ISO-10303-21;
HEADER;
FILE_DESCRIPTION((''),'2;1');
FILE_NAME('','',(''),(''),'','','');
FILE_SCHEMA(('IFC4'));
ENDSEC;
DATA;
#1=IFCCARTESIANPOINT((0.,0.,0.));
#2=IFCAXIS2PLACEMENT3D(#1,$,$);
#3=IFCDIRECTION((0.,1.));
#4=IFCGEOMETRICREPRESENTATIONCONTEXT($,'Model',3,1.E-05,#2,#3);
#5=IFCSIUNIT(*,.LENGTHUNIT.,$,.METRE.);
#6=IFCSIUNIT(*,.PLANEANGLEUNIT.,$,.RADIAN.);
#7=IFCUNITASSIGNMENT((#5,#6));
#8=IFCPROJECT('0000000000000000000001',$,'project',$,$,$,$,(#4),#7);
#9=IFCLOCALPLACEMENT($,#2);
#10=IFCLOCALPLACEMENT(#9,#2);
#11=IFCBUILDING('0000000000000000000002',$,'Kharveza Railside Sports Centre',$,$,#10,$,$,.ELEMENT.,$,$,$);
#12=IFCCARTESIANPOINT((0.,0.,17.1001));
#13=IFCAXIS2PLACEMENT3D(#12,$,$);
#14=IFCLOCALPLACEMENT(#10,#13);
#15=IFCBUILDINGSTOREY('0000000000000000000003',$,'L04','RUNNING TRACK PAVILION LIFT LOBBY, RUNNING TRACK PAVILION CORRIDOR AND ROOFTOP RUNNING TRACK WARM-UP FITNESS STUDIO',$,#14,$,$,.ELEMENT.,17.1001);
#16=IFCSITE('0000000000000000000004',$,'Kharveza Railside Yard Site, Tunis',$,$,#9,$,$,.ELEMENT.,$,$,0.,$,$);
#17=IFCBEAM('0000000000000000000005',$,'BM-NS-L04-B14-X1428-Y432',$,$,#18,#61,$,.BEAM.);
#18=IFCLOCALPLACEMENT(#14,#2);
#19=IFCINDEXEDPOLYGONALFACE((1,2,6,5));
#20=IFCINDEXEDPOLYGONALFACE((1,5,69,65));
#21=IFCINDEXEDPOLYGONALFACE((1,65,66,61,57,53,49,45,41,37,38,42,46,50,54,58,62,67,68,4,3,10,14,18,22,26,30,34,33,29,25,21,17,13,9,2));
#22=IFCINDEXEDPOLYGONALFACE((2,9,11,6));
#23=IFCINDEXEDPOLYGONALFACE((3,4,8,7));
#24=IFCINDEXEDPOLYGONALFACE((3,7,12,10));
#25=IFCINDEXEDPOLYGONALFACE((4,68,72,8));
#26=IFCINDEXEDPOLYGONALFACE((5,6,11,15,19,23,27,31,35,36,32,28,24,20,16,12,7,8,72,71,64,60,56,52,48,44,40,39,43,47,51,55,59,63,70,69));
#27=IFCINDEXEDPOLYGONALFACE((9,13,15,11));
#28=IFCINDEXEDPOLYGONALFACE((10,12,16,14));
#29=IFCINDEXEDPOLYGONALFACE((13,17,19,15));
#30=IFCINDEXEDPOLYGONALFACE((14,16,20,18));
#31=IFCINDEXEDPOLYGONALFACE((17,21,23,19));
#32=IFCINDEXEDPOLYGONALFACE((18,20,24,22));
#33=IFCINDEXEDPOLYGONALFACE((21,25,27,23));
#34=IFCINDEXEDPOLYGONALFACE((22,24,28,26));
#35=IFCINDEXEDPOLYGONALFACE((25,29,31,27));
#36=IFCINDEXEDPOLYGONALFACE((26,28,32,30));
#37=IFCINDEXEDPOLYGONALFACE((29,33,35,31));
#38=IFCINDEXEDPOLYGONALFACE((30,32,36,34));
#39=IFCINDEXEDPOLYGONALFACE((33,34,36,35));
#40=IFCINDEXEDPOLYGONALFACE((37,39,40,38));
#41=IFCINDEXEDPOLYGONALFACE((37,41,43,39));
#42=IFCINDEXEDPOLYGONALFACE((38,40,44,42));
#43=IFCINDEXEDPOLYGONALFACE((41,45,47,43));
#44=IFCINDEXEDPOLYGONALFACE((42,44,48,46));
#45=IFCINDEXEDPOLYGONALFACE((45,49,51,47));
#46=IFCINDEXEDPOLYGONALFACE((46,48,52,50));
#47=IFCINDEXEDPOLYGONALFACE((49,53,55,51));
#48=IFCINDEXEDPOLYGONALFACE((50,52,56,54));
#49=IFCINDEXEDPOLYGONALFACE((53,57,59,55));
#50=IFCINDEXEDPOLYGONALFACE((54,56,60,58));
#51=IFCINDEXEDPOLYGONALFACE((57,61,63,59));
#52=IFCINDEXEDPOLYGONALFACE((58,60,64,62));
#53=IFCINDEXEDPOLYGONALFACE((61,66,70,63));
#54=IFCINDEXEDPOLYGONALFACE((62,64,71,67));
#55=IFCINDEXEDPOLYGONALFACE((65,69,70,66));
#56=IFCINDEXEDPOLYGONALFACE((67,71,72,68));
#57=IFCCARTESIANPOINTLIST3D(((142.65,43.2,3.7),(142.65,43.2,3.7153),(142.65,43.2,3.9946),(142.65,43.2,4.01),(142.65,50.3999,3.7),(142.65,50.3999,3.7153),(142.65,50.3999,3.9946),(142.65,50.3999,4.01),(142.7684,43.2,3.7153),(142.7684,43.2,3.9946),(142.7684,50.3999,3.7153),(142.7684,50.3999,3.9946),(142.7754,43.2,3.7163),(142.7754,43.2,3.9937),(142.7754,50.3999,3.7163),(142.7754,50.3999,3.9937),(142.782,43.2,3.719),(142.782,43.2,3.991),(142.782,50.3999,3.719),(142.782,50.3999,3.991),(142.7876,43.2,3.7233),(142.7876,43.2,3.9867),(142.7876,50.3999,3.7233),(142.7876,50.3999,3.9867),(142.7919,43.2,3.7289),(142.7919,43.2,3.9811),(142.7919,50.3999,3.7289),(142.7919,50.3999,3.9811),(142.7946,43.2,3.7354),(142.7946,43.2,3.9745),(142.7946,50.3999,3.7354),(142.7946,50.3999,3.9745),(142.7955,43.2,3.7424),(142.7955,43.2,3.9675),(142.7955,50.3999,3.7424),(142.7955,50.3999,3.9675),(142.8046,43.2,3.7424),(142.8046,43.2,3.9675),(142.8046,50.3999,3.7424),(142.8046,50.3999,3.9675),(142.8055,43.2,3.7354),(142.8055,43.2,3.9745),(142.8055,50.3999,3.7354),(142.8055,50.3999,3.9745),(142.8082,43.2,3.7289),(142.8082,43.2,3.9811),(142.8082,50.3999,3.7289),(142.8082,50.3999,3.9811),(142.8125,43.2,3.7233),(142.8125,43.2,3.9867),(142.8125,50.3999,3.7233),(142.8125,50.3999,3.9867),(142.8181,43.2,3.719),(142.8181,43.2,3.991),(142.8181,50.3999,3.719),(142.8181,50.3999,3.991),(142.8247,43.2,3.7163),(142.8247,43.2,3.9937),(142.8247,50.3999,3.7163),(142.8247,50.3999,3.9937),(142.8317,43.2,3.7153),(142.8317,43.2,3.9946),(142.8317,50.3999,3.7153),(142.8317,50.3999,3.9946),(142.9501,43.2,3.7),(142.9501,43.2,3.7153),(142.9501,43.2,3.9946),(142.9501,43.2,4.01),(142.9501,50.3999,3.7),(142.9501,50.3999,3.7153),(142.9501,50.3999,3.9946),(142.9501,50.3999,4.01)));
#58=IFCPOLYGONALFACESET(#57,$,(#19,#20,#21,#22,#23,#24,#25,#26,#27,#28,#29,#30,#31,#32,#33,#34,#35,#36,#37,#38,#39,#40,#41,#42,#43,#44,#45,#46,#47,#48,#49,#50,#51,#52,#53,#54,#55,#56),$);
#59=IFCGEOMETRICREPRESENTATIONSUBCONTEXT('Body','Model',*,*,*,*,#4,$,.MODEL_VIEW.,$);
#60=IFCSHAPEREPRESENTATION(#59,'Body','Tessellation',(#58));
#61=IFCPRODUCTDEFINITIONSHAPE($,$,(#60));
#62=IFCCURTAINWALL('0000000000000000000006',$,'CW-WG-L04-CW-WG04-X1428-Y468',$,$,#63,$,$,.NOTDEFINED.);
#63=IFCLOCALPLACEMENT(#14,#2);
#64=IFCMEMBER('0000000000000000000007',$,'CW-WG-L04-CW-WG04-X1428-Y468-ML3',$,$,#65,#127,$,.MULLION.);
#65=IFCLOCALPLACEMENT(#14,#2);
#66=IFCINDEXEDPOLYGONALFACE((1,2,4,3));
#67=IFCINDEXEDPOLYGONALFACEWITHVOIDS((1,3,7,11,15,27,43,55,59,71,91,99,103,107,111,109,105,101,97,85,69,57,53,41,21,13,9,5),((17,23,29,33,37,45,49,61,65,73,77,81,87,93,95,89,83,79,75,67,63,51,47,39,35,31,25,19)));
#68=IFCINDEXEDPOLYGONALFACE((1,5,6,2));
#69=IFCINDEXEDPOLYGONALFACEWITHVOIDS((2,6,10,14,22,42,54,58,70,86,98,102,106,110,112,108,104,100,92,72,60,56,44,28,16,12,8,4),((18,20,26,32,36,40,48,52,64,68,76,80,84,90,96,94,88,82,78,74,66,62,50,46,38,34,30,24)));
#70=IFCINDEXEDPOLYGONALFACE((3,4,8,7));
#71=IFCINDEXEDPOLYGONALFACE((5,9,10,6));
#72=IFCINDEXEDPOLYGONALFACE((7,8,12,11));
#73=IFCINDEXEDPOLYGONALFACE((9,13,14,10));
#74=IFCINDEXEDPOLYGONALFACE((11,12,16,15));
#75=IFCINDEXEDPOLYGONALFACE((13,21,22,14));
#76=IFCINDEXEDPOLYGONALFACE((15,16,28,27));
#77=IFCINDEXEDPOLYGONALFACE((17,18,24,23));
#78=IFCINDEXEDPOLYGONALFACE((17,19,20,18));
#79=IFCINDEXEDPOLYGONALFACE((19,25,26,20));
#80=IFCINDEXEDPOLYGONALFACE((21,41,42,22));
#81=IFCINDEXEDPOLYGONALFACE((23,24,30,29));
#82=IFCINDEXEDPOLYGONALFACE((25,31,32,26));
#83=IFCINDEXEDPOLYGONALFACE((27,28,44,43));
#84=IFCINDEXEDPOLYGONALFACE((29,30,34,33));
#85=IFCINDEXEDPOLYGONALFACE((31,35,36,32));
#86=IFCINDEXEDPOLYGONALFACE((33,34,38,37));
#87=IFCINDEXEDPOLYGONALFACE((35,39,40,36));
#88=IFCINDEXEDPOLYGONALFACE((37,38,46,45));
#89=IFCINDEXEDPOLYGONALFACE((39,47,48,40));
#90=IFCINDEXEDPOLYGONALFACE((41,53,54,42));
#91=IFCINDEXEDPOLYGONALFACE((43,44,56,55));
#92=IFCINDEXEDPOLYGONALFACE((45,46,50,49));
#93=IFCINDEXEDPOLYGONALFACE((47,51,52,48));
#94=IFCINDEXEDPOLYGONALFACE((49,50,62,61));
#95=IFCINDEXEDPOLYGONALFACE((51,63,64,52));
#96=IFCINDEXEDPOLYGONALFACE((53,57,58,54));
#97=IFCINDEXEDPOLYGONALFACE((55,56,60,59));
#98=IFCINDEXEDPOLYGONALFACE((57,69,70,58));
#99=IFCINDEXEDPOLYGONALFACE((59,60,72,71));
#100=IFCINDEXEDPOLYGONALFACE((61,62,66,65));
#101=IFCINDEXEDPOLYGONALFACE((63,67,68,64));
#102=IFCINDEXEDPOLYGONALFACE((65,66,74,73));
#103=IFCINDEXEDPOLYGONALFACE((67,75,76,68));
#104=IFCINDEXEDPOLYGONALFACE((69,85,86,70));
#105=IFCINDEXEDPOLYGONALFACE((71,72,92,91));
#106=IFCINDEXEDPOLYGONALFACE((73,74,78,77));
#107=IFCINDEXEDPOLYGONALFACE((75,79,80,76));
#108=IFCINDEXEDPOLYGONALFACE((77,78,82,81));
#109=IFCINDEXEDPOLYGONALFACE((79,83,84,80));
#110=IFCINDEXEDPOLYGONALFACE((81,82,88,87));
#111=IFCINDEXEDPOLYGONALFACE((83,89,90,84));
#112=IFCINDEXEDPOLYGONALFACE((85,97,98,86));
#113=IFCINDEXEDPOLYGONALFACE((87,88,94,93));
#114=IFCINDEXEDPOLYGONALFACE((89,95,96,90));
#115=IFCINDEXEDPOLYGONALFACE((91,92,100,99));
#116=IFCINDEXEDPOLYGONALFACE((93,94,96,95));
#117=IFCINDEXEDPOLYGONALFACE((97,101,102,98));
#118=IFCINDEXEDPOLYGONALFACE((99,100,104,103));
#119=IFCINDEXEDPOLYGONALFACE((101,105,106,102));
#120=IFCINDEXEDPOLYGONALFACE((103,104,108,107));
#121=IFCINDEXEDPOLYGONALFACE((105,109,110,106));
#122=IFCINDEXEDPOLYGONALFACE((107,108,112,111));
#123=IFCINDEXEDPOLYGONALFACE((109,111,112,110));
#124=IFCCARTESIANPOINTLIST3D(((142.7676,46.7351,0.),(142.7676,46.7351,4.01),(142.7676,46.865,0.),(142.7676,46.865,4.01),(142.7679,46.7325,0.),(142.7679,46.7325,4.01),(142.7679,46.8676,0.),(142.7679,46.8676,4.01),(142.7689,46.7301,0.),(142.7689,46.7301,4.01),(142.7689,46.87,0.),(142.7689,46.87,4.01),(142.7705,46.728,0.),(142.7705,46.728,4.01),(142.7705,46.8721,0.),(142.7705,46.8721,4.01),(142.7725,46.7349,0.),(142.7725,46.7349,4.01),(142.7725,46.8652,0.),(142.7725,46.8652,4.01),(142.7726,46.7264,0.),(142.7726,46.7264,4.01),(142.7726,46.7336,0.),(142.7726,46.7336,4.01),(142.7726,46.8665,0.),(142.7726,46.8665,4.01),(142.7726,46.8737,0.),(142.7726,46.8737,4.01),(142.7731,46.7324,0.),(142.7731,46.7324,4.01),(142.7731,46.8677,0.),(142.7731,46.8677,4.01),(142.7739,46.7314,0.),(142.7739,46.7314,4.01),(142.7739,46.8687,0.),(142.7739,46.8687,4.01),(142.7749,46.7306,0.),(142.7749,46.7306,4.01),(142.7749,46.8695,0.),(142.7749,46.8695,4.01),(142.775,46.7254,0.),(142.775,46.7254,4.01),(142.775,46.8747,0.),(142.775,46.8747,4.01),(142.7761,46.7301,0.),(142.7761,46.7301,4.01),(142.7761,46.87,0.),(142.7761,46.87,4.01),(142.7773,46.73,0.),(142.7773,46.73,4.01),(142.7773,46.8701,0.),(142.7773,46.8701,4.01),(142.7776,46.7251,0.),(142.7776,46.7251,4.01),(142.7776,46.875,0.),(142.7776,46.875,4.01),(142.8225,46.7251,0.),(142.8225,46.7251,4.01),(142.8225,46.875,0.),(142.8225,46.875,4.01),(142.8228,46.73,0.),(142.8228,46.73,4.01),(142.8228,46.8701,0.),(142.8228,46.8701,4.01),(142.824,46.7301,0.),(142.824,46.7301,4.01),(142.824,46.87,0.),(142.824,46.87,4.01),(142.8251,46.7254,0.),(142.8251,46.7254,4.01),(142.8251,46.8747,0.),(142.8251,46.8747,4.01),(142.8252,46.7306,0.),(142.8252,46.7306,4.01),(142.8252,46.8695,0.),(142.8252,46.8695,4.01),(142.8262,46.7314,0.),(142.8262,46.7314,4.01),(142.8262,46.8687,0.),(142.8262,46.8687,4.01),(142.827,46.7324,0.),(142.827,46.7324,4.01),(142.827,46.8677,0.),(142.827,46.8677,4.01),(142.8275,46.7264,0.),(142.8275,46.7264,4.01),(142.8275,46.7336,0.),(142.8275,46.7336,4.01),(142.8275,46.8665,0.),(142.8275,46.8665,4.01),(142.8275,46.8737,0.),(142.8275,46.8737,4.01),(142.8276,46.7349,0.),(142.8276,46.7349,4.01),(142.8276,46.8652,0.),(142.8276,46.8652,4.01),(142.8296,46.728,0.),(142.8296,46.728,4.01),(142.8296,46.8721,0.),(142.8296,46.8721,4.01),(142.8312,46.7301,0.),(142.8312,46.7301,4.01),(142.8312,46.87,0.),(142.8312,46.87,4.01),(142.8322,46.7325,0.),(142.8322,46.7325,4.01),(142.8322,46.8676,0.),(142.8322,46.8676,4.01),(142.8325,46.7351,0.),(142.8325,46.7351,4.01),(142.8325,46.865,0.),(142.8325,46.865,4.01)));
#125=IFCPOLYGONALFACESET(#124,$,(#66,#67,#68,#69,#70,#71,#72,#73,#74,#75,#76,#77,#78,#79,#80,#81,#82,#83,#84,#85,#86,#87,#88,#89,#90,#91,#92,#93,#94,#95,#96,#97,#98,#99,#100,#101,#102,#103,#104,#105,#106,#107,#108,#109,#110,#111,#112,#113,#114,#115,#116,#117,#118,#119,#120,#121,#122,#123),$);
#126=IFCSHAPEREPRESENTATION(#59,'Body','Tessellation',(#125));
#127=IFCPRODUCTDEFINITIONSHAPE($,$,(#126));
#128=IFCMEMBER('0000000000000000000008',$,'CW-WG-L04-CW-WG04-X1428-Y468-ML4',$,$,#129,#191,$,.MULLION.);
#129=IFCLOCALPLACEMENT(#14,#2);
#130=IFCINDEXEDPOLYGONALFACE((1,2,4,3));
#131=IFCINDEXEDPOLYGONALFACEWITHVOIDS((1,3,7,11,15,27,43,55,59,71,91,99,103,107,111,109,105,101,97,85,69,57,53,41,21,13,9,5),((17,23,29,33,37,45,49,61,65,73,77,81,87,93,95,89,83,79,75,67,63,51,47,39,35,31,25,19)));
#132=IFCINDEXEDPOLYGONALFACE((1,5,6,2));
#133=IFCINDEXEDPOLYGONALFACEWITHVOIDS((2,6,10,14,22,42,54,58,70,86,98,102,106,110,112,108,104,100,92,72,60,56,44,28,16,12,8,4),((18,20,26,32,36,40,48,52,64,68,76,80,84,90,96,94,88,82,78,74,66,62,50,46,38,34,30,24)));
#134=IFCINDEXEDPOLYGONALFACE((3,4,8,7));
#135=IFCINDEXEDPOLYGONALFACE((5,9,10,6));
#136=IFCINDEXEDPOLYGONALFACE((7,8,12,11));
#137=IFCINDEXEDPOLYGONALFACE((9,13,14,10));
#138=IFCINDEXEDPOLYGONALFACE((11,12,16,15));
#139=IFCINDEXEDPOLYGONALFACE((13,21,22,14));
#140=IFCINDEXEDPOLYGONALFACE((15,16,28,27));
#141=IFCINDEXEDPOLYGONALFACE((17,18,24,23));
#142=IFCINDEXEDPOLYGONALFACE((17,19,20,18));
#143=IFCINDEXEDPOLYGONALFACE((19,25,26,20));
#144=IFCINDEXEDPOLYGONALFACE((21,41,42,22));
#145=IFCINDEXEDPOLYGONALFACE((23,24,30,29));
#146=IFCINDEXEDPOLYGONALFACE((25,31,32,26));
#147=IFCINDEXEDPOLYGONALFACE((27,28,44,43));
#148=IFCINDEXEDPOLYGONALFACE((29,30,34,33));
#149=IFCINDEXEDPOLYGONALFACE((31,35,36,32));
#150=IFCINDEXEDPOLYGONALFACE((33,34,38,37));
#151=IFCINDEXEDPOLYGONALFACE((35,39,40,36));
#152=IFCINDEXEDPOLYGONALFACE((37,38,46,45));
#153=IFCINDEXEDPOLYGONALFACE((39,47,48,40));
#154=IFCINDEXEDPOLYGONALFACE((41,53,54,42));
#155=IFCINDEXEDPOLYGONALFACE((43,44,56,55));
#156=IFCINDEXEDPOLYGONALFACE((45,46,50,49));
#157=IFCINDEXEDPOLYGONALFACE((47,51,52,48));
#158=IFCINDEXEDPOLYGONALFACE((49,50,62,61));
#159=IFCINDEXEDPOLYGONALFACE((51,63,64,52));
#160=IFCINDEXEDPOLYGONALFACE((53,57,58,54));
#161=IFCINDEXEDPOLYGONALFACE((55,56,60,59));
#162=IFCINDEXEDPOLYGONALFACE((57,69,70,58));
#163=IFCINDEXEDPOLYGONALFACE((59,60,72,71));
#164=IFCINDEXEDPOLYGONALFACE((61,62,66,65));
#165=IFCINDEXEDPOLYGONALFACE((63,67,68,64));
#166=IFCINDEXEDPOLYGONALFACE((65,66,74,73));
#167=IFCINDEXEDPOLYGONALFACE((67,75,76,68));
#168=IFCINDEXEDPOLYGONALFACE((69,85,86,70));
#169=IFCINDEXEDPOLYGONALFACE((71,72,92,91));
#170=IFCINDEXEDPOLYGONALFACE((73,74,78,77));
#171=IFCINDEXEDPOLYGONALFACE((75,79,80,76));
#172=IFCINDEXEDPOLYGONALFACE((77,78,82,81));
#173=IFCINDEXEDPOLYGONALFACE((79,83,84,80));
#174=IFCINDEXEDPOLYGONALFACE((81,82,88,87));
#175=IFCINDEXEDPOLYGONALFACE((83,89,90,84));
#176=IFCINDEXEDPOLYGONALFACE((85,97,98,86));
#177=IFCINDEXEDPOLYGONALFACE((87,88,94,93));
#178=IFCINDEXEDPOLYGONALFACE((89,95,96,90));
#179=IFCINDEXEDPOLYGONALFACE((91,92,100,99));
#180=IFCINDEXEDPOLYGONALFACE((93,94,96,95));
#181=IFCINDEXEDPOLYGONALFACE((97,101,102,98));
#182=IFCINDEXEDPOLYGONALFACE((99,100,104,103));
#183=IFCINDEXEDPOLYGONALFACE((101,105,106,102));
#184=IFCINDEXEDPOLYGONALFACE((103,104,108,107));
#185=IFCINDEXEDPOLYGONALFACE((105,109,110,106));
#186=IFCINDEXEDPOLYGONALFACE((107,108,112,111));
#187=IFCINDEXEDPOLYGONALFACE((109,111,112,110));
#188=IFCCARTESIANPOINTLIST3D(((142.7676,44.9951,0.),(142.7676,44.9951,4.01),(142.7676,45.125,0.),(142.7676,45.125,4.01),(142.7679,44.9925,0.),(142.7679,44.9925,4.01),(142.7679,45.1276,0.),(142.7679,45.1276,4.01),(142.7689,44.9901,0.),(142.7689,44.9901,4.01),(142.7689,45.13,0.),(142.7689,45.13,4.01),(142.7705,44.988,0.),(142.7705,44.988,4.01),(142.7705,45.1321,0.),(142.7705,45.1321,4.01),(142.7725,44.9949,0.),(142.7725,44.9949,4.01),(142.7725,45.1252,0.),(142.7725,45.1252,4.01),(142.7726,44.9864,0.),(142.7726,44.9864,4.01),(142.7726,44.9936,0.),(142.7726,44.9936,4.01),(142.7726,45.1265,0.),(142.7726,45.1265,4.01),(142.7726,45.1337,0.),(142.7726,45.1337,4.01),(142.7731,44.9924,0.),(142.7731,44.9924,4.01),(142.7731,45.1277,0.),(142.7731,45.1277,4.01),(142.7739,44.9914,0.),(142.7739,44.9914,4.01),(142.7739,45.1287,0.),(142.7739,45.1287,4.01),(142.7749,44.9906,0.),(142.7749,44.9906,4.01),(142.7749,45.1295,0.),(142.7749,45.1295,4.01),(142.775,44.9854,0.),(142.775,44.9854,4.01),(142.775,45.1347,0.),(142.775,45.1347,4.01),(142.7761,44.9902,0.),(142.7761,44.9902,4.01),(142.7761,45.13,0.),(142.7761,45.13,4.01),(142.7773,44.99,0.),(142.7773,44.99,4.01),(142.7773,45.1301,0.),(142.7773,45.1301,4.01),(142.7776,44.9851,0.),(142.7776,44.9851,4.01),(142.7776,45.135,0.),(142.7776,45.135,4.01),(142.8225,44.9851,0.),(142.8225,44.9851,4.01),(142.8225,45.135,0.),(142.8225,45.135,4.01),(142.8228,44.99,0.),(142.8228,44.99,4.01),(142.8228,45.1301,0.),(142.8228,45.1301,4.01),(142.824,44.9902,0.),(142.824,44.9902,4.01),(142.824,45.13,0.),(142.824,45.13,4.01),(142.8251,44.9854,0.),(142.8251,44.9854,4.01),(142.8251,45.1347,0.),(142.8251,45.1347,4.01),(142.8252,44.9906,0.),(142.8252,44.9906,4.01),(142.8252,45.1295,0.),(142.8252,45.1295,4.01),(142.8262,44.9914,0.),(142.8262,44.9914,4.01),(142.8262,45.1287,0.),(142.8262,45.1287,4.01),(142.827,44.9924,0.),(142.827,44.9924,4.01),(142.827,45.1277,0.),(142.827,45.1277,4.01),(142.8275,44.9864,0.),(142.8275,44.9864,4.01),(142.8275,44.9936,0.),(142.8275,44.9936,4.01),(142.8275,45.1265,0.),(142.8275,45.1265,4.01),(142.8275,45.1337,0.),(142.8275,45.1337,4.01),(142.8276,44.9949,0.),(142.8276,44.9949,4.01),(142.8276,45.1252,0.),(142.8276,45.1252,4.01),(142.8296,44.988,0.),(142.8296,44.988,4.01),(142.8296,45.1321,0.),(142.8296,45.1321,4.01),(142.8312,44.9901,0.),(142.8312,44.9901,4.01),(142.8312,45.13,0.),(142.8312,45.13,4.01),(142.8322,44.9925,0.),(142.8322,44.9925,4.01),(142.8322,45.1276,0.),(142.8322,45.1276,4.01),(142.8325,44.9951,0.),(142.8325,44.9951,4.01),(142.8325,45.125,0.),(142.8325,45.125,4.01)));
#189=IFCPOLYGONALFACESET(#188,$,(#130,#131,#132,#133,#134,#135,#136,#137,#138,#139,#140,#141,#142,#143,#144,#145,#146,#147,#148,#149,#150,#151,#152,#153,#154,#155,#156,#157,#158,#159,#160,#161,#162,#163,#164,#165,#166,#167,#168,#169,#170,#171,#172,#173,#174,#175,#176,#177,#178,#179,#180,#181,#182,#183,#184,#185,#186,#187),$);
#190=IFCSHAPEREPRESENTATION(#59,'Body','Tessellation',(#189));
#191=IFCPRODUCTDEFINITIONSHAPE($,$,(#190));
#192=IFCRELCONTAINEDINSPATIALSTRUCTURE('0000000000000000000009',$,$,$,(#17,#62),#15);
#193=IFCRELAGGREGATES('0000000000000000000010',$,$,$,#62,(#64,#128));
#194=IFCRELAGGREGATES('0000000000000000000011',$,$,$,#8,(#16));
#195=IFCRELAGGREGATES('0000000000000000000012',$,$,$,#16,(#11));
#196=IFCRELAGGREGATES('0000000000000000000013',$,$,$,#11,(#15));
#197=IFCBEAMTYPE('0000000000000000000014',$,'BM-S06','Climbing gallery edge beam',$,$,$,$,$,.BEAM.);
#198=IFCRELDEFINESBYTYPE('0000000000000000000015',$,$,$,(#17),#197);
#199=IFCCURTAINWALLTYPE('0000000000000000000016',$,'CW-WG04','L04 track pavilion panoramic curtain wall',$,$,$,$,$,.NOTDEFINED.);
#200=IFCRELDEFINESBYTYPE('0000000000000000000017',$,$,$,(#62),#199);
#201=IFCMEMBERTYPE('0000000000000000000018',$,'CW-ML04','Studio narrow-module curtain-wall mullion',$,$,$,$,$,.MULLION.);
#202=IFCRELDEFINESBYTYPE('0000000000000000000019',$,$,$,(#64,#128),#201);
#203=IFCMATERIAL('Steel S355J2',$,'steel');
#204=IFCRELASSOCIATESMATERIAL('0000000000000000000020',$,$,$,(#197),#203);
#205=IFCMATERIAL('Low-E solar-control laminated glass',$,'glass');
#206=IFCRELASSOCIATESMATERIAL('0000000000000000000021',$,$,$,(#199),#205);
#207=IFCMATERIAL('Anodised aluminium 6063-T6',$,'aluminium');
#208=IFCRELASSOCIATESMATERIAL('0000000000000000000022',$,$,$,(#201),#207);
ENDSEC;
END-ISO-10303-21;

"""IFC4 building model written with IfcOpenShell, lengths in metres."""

from ifc_helpers import new_model, si_unit, direction, frame, origin, origin_2d, place, context, subcontext, project, spatial, hollow_rectangle, i_section, extrude, material, material_profile, profile_set, type_object, element, aggregate, save


model = new_model("IFC4")

# Units and contexts
model_context = context("Model", 3, precision=1e-05, world=origin(), true_north=direction((0.0, 1.0)))
body_context = subcontext(model_context, "Body", "Model", "MODEL_VIEW")
ifc_project = project(units=[si_unit("LENGTHUNIT", "METRE"), si_unit("PLANEANGLEUNIT", "RADIAN")], contexts=[model_context])

# Site, building, storey
site_placement = place(None, origin())
site = spatial("IfcSite", under=ifc_project, at=site_placement, Name="Kharveza Railside Yard Site, Tunis", CompositionType="ELEMENT", RefElevation=0.0)
building_placement = place(site_placement, origin())
building = spatial("IfcBuilding", under=site, at=building_placement, Name="Kharveza Railside Sports Centre", CompositionType="ELEMENT")
storey_placement = place(building_placement, frame((0.0, 0.0, 17.1001)))
storey = spatial("IfcBuildingStorey", under=building, at=storey_placement, Name="L04", Description="RUNNING TRACK PAVILION LIFT LOBBY, RUNNING TRACK PAVILION CORRIDOR AND ROOFTOP RUNNING TRACK WARM-UP FITNESS STUDIO", CompositionType="ELEMENT", Elevation=17.1001)

# Shared definitions
ifc_material_1 = material(Name="Steel S355J2", Category="steel")

# Beam
ifc_material_profile_1 = material_profile(ifc_material_1, i_section(OverallWidth=0.3, OverallDepth=0.3101, WebThickness=0.009, FlangeThickness=0.0154, FilletRadius=0.0271, at=origin_2d()), Name="HEA 320")
ifc_profile_set_1 = profile_set([ifc_material_profile_1], Name="Steel S355J2")
beam_type_1 = type_object("IfcBeamType", Name="BM-S06", Description="Climbing gallery edge beam", PredefinedType="BEAM", material=ifc_profile_set_1)
beam_1_placement = place(storey_placement, frame((142.8, 43.2, 3.855), z_axis=(0.0, 1.0, 0.0), x_axis=(-1.0, 0.0, 0.0)))
element("IfcBeam", 1, at=beam_1_placement, inside=storey, type_object=beam_type_1, Name="BM-NS-L04-B14-X1428-Y432", PredefinedType="BEAM", context=body_context, shape_type="SweptSolid", body=[
    extrude(i_section(OverallWidth=0.3, OverallDepth=0.3101, WebThickness=0.009, FlangeThickness=0.0154, FilletRadius=0.0271, at=origin_2d()), origin(), (0.0, 0.0, 1.0), 7.2),
])

# Curtain wall, members
ifc_material_2 = material(Name="Low-E solar-control laminated glass", Category="glass")
curtain_wall_type = type_object("IfcCurtainWallType", Name="CW-WG04", Description="L04 track pavilion panoramic curtain wall", PredefinedType="NOTDEFINED", material=ifc_material_2)
curtain_wall_1_placement = place(storey_placement, origin())
curtain_wall_1 = element("IfcCurtainWall", 2, at=curtain_wall_1_placement, inside=storey, type_object=curtain_wall_type, Name="CW-WG-L04-CW-WG04-X1428-Y468", PredefinedType="NOTDEFINED")
ifc_material_3 = material(Name="Anodised aluminium 6063-T6", Category="aluminium")
ifc_material_profile_2 = material_profile(ifc_material_3, hollow_rectangle(XDim=0.0649, YDim=0.1499, WallThickness=0.0049, InnerFilletRadius=0.0049, OuterFilletRadius=0.01, at=origin_2d()), Name="RHS 65x150x5.0")
ifc_profile_set_2 = profile_set([ifc_material_profile_2], Name="Anodised aluminium 6063-T6")
member_type_1 = type_object("IfcMemberType", Name="CW-ML04", Description="Studio narrow-module curtain-wall mullion", PredefinedType="MULLION", material=ifc_profile_set_2)
member_1_placement = place(storey_placement, frame((142.8, 46.8, 0.0), z_axis=(0.0, 0.0, 1.0), x_axis=(1.0, 0.0, 0.0)))
member_1 = element("IfcMember", 3, at=member_1_placement, type_object=member_type_1, Name="CW-WG-L04-CW-WG04-X1428-Y468-ML3", PredefinedType="MULLION", context=body_context, shape_type="SweptSolid", body=[
    extrude(hollow_rectangle(XDim=0.0649, YDim=0.1499, WallThickness=0.0049, InnerFilletRadius=0.0049, OuterFilletRadius=0.01, at=origin_2d()), origin(), (0.0, 0.0, 1.0), 4.01),
])
member_2_placement = place(storey_placement, frame((142.8, 45.0601, 0.0), z_axis=(0.0, 0.0, 1.0), x_axis=(1.0, 0.0, 0.0)))
member_2 = element("IfcMember", 4, at=member_2_placement, type_object=member_type_1, Name="CW-WG-L04-CW-WG04-X1428-Y468-ML4", PredefinedType="MULLION", context=body_context, shape_type="SweptSolid", body=[
    extrude(hollow_rectangle(XDim=0.0649, YDim=0.1499, WallThickness=0.0049, InnerFilletRadius=0.0049, OuterFilletRadius=0.01, at=origin_2d()), origin(), (0.0, 0.0, 1.0), 4.01),
])

aggregate(curtain_wall_1, [member_1, member_2])

save(model, "model.ifc")
